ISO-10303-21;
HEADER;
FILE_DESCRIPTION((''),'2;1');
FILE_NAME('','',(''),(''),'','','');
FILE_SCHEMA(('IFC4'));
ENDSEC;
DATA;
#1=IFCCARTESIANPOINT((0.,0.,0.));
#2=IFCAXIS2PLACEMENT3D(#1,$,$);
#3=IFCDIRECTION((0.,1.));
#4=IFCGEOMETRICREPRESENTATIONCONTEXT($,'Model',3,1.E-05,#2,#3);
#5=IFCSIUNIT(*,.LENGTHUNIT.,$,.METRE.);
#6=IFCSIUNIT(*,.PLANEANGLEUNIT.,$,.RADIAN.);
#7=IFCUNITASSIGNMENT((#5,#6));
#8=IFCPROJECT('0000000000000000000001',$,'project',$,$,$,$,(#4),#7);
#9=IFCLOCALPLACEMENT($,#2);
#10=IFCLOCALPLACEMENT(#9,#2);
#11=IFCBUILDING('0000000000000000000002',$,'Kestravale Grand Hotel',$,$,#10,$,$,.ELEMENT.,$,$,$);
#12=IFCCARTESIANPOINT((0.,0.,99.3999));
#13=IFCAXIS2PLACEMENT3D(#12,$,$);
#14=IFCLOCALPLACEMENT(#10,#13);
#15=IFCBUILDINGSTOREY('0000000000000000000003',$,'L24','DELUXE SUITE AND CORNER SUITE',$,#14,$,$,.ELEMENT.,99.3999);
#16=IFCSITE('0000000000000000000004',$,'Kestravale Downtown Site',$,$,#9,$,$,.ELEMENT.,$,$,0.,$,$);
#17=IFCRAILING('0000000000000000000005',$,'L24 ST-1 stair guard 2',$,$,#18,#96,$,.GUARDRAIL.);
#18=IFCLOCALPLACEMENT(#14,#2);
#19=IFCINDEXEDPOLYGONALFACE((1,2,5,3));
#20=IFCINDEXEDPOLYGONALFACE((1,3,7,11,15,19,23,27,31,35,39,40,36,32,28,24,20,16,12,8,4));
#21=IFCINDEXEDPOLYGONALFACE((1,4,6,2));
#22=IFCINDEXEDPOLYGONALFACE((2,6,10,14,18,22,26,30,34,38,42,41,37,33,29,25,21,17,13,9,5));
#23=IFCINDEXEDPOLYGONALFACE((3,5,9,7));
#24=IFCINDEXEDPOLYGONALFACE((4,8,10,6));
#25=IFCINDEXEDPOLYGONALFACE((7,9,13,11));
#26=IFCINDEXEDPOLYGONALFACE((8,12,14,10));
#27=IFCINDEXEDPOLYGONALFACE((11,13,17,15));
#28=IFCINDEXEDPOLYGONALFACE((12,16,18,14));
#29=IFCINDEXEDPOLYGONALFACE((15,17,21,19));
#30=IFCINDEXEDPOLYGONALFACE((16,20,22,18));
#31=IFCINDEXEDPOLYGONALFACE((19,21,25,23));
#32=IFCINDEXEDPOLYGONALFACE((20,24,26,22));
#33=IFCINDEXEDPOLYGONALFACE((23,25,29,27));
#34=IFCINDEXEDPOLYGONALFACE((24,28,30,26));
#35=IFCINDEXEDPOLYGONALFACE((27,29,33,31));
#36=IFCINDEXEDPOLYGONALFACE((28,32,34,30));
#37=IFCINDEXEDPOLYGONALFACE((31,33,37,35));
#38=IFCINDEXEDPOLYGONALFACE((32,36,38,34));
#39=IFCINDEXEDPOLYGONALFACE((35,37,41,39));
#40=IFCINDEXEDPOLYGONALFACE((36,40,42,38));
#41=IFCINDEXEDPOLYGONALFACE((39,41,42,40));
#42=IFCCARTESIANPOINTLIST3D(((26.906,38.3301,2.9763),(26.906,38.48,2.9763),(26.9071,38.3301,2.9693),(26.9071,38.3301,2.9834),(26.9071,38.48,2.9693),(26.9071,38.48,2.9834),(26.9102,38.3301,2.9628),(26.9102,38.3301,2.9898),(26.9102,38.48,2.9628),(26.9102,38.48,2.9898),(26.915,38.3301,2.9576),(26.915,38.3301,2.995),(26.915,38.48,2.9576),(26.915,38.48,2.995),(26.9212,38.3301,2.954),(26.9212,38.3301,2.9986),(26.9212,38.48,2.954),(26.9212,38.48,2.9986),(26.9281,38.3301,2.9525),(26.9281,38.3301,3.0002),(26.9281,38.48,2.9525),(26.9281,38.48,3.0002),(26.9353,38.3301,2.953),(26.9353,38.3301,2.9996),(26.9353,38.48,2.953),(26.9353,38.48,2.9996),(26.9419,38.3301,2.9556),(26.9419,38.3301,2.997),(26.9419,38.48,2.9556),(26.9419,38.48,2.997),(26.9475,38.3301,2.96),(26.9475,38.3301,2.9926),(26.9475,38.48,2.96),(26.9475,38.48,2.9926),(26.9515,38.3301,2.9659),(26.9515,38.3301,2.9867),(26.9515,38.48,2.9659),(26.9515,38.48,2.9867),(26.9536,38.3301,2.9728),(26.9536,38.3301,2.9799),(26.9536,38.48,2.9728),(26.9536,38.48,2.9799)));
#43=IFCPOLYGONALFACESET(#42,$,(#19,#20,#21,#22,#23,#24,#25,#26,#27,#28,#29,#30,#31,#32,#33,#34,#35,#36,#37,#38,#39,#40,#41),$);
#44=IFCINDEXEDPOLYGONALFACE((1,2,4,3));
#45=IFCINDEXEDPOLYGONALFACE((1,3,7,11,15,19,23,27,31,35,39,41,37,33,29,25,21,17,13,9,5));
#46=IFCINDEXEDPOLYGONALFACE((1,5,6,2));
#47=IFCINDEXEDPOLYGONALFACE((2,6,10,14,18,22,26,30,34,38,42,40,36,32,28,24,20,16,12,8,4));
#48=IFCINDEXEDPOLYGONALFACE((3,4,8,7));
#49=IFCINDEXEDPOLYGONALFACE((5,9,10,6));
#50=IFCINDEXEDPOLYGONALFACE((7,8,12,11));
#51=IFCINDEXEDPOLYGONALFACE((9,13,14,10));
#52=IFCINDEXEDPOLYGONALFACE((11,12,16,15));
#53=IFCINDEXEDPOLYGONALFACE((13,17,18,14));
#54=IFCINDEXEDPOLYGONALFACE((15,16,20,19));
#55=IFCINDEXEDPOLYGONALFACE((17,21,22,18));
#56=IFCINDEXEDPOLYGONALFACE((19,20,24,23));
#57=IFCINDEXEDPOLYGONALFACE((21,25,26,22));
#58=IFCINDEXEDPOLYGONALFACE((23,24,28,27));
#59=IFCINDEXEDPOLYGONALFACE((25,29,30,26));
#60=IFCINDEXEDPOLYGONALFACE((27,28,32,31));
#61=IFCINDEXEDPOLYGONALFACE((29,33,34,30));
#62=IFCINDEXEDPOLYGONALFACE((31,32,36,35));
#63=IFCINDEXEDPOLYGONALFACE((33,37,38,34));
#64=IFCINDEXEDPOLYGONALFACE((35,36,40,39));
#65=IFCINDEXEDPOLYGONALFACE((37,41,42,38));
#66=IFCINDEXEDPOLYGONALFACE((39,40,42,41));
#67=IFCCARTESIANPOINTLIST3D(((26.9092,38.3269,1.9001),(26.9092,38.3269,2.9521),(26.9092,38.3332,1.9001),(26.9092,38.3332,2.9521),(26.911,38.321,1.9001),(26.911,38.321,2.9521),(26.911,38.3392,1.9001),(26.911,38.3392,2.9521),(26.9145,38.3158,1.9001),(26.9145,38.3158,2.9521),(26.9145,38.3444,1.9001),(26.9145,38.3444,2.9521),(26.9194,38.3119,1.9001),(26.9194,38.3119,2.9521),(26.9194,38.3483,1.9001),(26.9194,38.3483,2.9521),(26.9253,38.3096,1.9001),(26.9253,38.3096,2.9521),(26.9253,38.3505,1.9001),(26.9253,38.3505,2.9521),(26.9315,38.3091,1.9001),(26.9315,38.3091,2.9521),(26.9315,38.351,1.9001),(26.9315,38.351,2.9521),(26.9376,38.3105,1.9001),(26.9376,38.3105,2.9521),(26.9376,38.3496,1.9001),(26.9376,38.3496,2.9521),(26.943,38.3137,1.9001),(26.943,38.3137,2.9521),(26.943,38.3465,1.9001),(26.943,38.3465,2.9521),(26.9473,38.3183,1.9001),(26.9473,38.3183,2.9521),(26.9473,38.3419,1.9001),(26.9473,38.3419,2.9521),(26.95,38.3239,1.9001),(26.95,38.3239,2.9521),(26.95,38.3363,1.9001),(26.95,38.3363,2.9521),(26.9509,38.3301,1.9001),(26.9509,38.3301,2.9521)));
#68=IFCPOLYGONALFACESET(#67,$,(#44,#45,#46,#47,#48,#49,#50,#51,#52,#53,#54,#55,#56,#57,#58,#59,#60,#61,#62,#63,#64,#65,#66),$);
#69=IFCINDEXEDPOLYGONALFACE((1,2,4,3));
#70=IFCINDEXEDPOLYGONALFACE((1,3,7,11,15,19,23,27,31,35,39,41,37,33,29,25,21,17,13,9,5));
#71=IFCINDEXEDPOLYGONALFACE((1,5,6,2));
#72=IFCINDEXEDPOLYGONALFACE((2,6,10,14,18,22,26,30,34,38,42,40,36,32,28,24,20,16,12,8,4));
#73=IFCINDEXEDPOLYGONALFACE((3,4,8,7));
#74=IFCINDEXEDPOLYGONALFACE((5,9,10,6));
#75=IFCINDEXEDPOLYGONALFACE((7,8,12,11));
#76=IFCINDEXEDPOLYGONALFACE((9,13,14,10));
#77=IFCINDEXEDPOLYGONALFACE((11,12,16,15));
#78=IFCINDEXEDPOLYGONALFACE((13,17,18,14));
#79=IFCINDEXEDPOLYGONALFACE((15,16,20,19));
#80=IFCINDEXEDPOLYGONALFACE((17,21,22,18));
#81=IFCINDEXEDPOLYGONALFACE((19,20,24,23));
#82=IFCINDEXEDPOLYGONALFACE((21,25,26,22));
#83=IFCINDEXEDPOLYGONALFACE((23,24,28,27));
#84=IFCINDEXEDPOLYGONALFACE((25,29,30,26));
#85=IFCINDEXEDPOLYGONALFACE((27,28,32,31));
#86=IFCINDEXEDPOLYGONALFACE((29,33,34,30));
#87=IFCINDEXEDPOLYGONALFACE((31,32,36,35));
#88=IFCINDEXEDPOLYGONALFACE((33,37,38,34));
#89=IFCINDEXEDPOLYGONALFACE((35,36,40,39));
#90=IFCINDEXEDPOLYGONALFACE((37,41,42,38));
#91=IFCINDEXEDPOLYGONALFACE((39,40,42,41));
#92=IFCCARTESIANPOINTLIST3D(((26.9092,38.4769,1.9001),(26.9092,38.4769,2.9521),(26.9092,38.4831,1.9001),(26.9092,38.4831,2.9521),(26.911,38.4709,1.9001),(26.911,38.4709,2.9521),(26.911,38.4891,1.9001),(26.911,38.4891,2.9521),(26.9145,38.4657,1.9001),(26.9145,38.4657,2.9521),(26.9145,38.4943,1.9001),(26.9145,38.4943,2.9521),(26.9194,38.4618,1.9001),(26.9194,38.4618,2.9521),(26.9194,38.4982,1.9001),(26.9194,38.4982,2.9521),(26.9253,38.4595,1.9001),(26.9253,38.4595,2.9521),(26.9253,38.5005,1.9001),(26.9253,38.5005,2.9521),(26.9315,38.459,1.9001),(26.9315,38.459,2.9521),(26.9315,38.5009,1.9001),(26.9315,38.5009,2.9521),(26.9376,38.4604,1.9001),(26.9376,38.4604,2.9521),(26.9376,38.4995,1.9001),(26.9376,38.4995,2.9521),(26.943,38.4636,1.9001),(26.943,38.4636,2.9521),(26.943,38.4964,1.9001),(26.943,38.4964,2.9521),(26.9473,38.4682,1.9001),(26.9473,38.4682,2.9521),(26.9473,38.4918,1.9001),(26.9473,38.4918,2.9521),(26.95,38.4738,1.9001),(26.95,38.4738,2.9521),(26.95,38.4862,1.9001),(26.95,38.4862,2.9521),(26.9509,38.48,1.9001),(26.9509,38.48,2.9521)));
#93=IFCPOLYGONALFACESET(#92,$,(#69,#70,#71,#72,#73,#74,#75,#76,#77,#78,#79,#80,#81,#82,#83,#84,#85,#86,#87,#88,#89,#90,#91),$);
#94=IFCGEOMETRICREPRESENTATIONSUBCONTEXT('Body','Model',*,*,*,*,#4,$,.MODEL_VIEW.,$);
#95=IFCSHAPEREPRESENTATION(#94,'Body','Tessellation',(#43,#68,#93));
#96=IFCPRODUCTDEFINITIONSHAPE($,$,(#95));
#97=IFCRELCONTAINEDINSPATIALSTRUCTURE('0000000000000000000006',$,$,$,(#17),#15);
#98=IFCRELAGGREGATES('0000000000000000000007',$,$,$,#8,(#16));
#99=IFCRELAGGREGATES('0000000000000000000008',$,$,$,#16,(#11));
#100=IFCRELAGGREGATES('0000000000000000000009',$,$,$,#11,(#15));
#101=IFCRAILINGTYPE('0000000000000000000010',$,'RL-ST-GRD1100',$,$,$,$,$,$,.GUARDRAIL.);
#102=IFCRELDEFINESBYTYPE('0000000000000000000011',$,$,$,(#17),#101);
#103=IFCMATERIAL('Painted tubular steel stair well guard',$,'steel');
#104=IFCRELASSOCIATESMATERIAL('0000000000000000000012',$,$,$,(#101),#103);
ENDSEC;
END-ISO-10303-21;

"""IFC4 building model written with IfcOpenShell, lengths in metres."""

from ifc_helpers import new_model, si_unit, direction, frame, origin, origin_2d, place, context, subcontext, project, spatial, circle, extrude, material, type_object, element, save


model = new_model("IFC4")

# Units and contexts
model_context = context("Model", 3, precision=1e-05, world=origin(), true_north=direction((0.0, 1.0)))
body_context = subcontext(model_context, "Body", "Model", "MODEL_VIEW")
ifc_project = project(units=[si_unit("LENGTHUNIT", "METRE"), si_unit("PLANEANGLEUNIT", "RADIAN")], contexts=[model_context])

# Site, building, storey
site_placement = place(None, origin())
site = spatial("IfcSite", under=ifc_project, at=site_placement, Name="Kestravale Downtown Site", CompositionType="ELEMENT", RefElevation=0.0)
building_placement = place(site_placement, origin())
building = spatial("IfcBuilding", under=site, at=building_placement, Name="Kestravale Grand Hotel", CompositionType="ELEMENT")
storey_placement = place(building_placement, frame((0.0, 0.0, 99.3999)))
storey = spatial("IfcBuildingStorey", under=building, at=storey_placement, Name="L24", Description="DELUXE SUITE AND CORNER SUITE", CompositionType="ELEMENT", Elevation=99.3999)

# Railing
ifc_material_1 = material(Name="Painted tubular steel stair well guard", Category="steel")
railing_type_1 = type_object("IfcRailingType", Name="RL-ST-GRD1100", PredefinedType="GUARDRAIL", material=ifc_material_1)
railing_1_placement = place(storey_placement, frame((26.9299, 38.3301, 1.9001)))
element("IfcRailing", 1, at=railing_1_placement, inside=storey, type_object=railing_type_1, Name="L24 ST-1 stair guard 2", PredefinedType="GUARDRAIL", context=body_context, shape_type="SweptSolid", body=[
    extrude(circle(Radius=0.0239, at=origin_2d()), frame((0.0, 0.0, 1.0762), z_axis=(0.0, 1.0, 0.0), x_axis=(-1.0, 0.0, 0.0)), (0.0, 0.0, 1.0), 0.1499),
    extrude(circle(Radius=0.021, at=origin_2d()), origin(), (0.0, 0.0, 1.0), 1.052),
    extrude(circle(Radius=0.021, at=origin_2d()), frame((0.0, 0.1499, 0.0)), (0.0, 0.0, 1.0), 1.052),
])

save(model, "model.ifc")
